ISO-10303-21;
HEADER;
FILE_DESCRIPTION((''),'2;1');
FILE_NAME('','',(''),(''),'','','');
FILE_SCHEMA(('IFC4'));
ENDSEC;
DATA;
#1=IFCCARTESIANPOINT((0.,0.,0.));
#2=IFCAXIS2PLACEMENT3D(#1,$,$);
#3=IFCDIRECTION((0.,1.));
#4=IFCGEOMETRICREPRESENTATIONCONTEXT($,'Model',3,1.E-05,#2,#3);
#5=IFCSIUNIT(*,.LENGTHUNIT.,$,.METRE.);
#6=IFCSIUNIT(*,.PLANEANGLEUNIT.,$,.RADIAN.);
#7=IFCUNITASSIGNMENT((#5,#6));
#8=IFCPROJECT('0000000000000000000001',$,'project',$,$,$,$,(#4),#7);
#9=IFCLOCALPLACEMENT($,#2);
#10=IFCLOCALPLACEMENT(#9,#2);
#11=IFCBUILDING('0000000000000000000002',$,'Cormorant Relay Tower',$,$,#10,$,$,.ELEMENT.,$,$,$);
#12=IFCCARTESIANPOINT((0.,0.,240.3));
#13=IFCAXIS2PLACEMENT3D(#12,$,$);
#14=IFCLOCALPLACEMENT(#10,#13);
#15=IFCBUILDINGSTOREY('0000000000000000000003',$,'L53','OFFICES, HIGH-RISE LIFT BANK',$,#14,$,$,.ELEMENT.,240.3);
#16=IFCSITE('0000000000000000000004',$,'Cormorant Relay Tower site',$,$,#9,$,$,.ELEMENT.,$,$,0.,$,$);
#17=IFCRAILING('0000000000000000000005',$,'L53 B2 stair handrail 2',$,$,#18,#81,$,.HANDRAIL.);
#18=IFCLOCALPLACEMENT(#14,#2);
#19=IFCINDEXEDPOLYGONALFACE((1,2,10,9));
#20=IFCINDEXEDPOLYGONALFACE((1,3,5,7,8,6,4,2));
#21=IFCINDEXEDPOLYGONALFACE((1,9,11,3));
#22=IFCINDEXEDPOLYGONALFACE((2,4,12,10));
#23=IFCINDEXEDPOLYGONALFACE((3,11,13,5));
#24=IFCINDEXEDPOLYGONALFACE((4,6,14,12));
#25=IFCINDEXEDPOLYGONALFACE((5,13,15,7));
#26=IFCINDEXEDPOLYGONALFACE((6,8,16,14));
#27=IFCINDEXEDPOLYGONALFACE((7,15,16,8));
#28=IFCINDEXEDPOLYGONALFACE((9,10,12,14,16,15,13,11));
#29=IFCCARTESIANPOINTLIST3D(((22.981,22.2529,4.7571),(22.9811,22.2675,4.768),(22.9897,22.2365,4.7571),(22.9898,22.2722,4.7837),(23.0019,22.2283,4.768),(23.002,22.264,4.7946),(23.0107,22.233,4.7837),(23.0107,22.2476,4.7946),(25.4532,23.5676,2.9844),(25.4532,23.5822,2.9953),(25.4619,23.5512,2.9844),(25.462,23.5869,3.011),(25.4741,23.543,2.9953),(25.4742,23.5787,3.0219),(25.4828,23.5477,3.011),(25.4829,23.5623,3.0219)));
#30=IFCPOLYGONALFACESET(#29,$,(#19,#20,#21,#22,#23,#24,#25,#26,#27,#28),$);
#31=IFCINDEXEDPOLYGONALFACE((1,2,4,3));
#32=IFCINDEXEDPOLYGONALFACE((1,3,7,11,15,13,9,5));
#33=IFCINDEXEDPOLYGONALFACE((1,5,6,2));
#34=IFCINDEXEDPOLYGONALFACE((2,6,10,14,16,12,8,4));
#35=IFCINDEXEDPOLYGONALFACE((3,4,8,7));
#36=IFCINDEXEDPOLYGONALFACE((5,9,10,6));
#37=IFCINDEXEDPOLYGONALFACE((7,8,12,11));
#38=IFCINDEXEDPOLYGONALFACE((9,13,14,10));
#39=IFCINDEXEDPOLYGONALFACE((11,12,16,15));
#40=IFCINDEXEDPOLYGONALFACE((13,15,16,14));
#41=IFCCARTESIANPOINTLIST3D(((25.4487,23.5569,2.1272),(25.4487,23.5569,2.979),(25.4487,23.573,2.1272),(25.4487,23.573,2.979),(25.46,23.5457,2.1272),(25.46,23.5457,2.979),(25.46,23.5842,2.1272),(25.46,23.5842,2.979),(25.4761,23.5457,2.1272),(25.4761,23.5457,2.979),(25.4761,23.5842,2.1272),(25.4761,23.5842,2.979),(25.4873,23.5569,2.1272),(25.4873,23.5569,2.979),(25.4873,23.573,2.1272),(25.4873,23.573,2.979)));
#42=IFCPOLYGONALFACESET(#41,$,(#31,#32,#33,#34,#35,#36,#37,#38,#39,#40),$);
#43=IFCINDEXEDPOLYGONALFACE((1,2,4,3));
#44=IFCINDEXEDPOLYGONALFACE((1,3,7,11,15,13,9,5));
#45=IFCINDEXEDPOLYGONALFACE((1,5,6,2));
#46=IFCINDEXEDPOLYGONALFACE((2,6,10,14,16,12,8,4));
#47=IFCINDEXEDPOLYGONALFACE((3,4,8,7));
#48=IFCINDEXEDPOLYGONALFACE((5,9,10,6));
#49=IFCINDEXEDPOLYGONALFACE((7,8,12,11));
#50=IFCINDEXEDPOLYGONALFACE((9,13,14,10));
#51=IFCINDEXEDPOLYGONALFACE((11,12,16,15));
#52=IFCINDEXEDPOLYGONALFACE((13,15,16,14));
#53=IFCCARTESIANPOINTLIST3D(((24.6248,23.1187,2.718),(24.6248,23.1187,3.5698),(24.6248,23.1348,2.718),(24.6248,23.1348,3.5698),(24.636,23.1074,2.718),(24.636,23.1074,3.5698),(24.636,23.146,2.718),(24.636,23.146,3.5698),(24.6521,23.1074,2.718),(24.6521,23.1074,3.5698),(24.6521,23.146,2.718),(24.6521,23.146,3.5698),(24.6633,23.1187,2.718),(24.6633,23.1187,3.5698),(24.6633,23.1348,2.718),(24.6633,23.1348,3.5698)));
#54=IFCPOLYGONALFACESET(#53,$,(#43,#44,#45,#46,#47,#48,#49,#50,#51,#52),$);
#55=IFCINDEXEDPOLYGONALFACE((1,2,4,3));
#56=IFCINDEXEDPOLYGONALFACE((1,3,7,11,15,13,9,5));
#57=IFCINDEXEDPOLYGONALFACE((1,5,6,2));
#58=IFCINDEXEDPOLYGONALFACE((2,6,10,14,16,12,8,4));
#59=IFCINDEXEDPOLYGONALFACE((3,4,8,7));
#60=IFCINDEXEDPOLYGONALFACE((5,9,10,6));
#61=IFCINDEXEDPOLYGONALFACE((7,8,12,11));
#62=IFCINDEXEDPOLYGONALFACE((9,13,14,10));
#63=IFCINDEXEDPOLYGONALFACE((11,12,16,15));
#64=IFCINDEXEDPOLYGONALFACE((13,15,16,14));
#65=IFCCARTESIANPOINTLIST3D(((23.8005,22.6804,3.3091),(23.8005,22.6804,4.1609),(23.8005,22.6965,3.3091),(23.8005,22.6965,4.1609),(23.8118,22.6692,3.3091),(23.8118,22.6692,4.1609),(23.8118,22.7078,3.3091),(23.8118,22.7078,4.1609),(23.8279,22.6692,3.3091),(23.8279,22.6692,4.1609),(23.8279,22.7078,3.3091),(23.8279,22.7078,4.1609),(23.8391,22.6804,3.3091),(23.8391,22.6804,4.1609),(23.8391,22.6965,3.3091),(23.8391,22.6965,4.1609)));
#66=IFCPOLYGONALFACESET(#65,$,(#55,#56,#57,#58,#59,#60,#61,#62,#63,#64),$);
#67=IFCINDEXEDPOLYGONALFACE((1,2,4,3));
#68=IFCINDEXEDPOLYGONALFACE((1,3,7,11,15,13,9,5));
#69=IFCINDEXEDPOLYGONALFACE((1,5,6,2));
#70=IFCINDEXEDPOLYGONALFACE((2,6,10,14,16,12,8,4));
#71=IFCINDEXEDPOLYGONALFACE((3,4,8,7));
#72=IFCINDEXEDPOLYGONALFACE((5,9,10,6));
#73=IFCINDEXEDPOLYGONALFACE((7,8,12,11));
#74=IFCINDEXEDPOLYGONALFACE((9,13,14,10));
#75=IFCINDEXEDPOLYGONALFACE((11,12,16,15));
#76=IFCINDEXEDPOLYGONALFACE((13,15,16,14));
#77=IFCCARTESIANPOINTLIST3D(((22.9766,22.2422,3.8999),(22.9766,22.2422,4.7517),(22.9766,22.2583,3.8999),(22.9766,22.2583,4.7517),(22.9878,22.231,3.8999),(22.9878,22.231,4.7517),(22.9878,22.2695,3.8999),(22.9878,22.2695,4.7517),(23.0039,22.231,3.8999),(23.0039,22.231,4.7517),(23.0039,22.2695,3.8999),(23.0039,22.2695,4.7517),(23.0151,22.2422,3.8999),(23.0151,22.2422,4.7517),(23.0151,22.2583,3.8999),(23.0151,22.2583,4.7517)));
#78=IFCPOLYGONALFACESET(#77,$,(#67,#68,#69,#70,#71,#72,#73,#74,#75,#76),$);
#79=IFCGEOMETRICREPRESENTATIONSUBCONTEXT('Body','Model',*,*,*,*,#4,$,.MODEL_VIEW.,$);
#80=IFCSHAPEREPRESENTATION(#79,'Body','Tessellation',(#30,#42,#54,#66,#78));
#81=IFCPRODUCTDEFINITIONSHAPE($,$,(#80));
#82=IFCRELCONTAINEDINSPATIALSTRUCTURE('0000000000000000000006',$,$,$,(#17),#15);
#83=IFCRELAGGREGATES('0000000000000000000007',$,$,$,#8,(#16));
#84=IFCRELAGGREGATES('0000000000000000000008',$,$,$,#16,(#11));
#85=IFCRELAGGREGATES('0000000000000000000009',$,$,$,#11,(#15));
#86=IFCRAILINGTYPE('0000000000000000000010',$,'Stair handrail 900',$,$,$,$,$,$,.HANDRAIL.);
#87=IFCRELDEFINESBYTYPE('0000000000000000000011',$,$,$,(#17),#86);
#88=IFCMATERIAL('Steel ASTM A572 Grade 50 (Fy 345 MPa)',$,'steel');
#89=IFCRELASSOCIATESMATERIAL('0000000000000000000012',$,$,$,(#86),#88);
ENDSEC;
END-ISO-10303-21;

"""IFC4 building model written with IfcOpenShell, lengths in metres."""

from ifc_helpers import new_model, si_unit, direction, frame, origin, place, context, subcontext, project, spatial, polyline, outline, extrude, material, type_object, element, save


model = new_model("IFC4")

# Units and contexts
model_context = context("Model", 3, precision=1e-05, world=origin(), true_north=direction((0.0, 1.0)))
body_context = subcontext(model_context, "Body", "Model", "MODEL_VIEW")
ifc_project = project(units=[si_unit("LENGTHUNIT", "METRE"), si_unit("PLANEANGLEUNIT", "RADIAN")], contexts=[model_context])

# Site, building, storey
site_placement = place(None, origin())
site = spatial("IfcSite", under=ifc_project, at=site_placement, Name="Cormorant Relay Tower site", CompositionType="ELEMENT", RefElevation=0.0)
building_placement = place(site_placement, origin())
building = spatial("IfcBuilding", under=site, at=building_placement, Name="Cormorant Relay Tower", CompositionType="ELEMENT")
storey_placement = place(building_placement, frame((0.0, 0.0, 240.3)))
storey = spatial("IfcBuildingStorey", under=building, at=storey_placement, Name="L53", Description="OFFICES, HIGH-RISE LIFT BANK", CompositionType="ELEMENT", Elevation=240.3)

# Railing
ifc_material_1 = material(Name="Steel ASTM A572 Grade 50 (Fy 345 MPa)", Category="steel")
railing_type = type_object("IfcRailingType", Name="Stair handrail 900", PredefinedType="HANDRAIL", material=ifc_material_1)
railing_placement = place(storey_placement, frame((25.468, 23.5649, 2.1272)))
element("IfcRailing", 1, at=railing_placement, inside=storey, type_object=railing_type, Name="L53 B2 stair handrail 2", PredefinedType="HANDRAIL", context=body_context, shape_type="SweptSolid", body=[
    extrude(outline(polyline([(0.0222, 0.0093), (0.0093, 0.0222), (-0.0093, 0.0222), (-0.0222, 0.0093), (-0.0222, -0.0093), (-0.0093, -0.0222), (0.0093, -0.0222), (0.0222, -0.0093), (0.0222, 0.0093)])), frame((0.0, 0.0, 0.876), z_axis=(-0.745979, -0.396711, 0.534916), x_axis=(0.469533, -0.882915, 0.0)), (0.0, 0.0, 1.0), 3.314),
    extrude(outline(polyline([(0.0193, 0.0081), (0.0081, 0.0193), (-0.0081, 0.0193), (-0.0193, 0.0081), (-0.0193, -0.0081), (-0.0081, -0.0193), (0.0081, -0.0193), (0.0193, -0.0081), (0.0193, 0.0081)])), origin(), (0.0, 0.0, 1.0), 0.8518),
    extrude(outline(polyline([(0.0193, 0.0081), (0.0081, 0.0193), (-0.0081, 0.0193), (-0.0193, 0.0081), (-0.0193, -0.0081), (-0.0081, -0.0193), (0.0081, -0.0193), (0.0193, -0.0081), (0.0193, 0.0081)])), frame((-0.824, -0.4382, 0.5908)), (0.0, 0.0, 1.0), 0.8518),
    extrude(outline(polyline([(0.0193, 0.0081), (0.0081, 0.0193), (-0.0081, 0.0193), (-0.0193, 0.0081), (-0.0193, -0.0081), (-0.0081, -0.0193), (0.0081, -0.0193), (0.0193, -0.0081), (0.0193, 0.0081)])), frame((-1.6482, -0.8765, 1.1819)), (0.0, 0.0, 1.0), 0.8518),
    extrude(outline(polyline([(0.0193, 0.0081), (0.0081, 0.0193), (-0.0081, 0.0193), (-0.0193, 0.0081), (-0.0193, -0.0081), (-0.0081, -0.0193), (0.0081, -0.0193), (0.0193, -0.0081), (0.0193, 0.0081)])), frame((-2.4722, -1.3147, 1.7727)), (0.0, 0.0, 1.0), 0.8518),
])

save(model, "model.ifc")
